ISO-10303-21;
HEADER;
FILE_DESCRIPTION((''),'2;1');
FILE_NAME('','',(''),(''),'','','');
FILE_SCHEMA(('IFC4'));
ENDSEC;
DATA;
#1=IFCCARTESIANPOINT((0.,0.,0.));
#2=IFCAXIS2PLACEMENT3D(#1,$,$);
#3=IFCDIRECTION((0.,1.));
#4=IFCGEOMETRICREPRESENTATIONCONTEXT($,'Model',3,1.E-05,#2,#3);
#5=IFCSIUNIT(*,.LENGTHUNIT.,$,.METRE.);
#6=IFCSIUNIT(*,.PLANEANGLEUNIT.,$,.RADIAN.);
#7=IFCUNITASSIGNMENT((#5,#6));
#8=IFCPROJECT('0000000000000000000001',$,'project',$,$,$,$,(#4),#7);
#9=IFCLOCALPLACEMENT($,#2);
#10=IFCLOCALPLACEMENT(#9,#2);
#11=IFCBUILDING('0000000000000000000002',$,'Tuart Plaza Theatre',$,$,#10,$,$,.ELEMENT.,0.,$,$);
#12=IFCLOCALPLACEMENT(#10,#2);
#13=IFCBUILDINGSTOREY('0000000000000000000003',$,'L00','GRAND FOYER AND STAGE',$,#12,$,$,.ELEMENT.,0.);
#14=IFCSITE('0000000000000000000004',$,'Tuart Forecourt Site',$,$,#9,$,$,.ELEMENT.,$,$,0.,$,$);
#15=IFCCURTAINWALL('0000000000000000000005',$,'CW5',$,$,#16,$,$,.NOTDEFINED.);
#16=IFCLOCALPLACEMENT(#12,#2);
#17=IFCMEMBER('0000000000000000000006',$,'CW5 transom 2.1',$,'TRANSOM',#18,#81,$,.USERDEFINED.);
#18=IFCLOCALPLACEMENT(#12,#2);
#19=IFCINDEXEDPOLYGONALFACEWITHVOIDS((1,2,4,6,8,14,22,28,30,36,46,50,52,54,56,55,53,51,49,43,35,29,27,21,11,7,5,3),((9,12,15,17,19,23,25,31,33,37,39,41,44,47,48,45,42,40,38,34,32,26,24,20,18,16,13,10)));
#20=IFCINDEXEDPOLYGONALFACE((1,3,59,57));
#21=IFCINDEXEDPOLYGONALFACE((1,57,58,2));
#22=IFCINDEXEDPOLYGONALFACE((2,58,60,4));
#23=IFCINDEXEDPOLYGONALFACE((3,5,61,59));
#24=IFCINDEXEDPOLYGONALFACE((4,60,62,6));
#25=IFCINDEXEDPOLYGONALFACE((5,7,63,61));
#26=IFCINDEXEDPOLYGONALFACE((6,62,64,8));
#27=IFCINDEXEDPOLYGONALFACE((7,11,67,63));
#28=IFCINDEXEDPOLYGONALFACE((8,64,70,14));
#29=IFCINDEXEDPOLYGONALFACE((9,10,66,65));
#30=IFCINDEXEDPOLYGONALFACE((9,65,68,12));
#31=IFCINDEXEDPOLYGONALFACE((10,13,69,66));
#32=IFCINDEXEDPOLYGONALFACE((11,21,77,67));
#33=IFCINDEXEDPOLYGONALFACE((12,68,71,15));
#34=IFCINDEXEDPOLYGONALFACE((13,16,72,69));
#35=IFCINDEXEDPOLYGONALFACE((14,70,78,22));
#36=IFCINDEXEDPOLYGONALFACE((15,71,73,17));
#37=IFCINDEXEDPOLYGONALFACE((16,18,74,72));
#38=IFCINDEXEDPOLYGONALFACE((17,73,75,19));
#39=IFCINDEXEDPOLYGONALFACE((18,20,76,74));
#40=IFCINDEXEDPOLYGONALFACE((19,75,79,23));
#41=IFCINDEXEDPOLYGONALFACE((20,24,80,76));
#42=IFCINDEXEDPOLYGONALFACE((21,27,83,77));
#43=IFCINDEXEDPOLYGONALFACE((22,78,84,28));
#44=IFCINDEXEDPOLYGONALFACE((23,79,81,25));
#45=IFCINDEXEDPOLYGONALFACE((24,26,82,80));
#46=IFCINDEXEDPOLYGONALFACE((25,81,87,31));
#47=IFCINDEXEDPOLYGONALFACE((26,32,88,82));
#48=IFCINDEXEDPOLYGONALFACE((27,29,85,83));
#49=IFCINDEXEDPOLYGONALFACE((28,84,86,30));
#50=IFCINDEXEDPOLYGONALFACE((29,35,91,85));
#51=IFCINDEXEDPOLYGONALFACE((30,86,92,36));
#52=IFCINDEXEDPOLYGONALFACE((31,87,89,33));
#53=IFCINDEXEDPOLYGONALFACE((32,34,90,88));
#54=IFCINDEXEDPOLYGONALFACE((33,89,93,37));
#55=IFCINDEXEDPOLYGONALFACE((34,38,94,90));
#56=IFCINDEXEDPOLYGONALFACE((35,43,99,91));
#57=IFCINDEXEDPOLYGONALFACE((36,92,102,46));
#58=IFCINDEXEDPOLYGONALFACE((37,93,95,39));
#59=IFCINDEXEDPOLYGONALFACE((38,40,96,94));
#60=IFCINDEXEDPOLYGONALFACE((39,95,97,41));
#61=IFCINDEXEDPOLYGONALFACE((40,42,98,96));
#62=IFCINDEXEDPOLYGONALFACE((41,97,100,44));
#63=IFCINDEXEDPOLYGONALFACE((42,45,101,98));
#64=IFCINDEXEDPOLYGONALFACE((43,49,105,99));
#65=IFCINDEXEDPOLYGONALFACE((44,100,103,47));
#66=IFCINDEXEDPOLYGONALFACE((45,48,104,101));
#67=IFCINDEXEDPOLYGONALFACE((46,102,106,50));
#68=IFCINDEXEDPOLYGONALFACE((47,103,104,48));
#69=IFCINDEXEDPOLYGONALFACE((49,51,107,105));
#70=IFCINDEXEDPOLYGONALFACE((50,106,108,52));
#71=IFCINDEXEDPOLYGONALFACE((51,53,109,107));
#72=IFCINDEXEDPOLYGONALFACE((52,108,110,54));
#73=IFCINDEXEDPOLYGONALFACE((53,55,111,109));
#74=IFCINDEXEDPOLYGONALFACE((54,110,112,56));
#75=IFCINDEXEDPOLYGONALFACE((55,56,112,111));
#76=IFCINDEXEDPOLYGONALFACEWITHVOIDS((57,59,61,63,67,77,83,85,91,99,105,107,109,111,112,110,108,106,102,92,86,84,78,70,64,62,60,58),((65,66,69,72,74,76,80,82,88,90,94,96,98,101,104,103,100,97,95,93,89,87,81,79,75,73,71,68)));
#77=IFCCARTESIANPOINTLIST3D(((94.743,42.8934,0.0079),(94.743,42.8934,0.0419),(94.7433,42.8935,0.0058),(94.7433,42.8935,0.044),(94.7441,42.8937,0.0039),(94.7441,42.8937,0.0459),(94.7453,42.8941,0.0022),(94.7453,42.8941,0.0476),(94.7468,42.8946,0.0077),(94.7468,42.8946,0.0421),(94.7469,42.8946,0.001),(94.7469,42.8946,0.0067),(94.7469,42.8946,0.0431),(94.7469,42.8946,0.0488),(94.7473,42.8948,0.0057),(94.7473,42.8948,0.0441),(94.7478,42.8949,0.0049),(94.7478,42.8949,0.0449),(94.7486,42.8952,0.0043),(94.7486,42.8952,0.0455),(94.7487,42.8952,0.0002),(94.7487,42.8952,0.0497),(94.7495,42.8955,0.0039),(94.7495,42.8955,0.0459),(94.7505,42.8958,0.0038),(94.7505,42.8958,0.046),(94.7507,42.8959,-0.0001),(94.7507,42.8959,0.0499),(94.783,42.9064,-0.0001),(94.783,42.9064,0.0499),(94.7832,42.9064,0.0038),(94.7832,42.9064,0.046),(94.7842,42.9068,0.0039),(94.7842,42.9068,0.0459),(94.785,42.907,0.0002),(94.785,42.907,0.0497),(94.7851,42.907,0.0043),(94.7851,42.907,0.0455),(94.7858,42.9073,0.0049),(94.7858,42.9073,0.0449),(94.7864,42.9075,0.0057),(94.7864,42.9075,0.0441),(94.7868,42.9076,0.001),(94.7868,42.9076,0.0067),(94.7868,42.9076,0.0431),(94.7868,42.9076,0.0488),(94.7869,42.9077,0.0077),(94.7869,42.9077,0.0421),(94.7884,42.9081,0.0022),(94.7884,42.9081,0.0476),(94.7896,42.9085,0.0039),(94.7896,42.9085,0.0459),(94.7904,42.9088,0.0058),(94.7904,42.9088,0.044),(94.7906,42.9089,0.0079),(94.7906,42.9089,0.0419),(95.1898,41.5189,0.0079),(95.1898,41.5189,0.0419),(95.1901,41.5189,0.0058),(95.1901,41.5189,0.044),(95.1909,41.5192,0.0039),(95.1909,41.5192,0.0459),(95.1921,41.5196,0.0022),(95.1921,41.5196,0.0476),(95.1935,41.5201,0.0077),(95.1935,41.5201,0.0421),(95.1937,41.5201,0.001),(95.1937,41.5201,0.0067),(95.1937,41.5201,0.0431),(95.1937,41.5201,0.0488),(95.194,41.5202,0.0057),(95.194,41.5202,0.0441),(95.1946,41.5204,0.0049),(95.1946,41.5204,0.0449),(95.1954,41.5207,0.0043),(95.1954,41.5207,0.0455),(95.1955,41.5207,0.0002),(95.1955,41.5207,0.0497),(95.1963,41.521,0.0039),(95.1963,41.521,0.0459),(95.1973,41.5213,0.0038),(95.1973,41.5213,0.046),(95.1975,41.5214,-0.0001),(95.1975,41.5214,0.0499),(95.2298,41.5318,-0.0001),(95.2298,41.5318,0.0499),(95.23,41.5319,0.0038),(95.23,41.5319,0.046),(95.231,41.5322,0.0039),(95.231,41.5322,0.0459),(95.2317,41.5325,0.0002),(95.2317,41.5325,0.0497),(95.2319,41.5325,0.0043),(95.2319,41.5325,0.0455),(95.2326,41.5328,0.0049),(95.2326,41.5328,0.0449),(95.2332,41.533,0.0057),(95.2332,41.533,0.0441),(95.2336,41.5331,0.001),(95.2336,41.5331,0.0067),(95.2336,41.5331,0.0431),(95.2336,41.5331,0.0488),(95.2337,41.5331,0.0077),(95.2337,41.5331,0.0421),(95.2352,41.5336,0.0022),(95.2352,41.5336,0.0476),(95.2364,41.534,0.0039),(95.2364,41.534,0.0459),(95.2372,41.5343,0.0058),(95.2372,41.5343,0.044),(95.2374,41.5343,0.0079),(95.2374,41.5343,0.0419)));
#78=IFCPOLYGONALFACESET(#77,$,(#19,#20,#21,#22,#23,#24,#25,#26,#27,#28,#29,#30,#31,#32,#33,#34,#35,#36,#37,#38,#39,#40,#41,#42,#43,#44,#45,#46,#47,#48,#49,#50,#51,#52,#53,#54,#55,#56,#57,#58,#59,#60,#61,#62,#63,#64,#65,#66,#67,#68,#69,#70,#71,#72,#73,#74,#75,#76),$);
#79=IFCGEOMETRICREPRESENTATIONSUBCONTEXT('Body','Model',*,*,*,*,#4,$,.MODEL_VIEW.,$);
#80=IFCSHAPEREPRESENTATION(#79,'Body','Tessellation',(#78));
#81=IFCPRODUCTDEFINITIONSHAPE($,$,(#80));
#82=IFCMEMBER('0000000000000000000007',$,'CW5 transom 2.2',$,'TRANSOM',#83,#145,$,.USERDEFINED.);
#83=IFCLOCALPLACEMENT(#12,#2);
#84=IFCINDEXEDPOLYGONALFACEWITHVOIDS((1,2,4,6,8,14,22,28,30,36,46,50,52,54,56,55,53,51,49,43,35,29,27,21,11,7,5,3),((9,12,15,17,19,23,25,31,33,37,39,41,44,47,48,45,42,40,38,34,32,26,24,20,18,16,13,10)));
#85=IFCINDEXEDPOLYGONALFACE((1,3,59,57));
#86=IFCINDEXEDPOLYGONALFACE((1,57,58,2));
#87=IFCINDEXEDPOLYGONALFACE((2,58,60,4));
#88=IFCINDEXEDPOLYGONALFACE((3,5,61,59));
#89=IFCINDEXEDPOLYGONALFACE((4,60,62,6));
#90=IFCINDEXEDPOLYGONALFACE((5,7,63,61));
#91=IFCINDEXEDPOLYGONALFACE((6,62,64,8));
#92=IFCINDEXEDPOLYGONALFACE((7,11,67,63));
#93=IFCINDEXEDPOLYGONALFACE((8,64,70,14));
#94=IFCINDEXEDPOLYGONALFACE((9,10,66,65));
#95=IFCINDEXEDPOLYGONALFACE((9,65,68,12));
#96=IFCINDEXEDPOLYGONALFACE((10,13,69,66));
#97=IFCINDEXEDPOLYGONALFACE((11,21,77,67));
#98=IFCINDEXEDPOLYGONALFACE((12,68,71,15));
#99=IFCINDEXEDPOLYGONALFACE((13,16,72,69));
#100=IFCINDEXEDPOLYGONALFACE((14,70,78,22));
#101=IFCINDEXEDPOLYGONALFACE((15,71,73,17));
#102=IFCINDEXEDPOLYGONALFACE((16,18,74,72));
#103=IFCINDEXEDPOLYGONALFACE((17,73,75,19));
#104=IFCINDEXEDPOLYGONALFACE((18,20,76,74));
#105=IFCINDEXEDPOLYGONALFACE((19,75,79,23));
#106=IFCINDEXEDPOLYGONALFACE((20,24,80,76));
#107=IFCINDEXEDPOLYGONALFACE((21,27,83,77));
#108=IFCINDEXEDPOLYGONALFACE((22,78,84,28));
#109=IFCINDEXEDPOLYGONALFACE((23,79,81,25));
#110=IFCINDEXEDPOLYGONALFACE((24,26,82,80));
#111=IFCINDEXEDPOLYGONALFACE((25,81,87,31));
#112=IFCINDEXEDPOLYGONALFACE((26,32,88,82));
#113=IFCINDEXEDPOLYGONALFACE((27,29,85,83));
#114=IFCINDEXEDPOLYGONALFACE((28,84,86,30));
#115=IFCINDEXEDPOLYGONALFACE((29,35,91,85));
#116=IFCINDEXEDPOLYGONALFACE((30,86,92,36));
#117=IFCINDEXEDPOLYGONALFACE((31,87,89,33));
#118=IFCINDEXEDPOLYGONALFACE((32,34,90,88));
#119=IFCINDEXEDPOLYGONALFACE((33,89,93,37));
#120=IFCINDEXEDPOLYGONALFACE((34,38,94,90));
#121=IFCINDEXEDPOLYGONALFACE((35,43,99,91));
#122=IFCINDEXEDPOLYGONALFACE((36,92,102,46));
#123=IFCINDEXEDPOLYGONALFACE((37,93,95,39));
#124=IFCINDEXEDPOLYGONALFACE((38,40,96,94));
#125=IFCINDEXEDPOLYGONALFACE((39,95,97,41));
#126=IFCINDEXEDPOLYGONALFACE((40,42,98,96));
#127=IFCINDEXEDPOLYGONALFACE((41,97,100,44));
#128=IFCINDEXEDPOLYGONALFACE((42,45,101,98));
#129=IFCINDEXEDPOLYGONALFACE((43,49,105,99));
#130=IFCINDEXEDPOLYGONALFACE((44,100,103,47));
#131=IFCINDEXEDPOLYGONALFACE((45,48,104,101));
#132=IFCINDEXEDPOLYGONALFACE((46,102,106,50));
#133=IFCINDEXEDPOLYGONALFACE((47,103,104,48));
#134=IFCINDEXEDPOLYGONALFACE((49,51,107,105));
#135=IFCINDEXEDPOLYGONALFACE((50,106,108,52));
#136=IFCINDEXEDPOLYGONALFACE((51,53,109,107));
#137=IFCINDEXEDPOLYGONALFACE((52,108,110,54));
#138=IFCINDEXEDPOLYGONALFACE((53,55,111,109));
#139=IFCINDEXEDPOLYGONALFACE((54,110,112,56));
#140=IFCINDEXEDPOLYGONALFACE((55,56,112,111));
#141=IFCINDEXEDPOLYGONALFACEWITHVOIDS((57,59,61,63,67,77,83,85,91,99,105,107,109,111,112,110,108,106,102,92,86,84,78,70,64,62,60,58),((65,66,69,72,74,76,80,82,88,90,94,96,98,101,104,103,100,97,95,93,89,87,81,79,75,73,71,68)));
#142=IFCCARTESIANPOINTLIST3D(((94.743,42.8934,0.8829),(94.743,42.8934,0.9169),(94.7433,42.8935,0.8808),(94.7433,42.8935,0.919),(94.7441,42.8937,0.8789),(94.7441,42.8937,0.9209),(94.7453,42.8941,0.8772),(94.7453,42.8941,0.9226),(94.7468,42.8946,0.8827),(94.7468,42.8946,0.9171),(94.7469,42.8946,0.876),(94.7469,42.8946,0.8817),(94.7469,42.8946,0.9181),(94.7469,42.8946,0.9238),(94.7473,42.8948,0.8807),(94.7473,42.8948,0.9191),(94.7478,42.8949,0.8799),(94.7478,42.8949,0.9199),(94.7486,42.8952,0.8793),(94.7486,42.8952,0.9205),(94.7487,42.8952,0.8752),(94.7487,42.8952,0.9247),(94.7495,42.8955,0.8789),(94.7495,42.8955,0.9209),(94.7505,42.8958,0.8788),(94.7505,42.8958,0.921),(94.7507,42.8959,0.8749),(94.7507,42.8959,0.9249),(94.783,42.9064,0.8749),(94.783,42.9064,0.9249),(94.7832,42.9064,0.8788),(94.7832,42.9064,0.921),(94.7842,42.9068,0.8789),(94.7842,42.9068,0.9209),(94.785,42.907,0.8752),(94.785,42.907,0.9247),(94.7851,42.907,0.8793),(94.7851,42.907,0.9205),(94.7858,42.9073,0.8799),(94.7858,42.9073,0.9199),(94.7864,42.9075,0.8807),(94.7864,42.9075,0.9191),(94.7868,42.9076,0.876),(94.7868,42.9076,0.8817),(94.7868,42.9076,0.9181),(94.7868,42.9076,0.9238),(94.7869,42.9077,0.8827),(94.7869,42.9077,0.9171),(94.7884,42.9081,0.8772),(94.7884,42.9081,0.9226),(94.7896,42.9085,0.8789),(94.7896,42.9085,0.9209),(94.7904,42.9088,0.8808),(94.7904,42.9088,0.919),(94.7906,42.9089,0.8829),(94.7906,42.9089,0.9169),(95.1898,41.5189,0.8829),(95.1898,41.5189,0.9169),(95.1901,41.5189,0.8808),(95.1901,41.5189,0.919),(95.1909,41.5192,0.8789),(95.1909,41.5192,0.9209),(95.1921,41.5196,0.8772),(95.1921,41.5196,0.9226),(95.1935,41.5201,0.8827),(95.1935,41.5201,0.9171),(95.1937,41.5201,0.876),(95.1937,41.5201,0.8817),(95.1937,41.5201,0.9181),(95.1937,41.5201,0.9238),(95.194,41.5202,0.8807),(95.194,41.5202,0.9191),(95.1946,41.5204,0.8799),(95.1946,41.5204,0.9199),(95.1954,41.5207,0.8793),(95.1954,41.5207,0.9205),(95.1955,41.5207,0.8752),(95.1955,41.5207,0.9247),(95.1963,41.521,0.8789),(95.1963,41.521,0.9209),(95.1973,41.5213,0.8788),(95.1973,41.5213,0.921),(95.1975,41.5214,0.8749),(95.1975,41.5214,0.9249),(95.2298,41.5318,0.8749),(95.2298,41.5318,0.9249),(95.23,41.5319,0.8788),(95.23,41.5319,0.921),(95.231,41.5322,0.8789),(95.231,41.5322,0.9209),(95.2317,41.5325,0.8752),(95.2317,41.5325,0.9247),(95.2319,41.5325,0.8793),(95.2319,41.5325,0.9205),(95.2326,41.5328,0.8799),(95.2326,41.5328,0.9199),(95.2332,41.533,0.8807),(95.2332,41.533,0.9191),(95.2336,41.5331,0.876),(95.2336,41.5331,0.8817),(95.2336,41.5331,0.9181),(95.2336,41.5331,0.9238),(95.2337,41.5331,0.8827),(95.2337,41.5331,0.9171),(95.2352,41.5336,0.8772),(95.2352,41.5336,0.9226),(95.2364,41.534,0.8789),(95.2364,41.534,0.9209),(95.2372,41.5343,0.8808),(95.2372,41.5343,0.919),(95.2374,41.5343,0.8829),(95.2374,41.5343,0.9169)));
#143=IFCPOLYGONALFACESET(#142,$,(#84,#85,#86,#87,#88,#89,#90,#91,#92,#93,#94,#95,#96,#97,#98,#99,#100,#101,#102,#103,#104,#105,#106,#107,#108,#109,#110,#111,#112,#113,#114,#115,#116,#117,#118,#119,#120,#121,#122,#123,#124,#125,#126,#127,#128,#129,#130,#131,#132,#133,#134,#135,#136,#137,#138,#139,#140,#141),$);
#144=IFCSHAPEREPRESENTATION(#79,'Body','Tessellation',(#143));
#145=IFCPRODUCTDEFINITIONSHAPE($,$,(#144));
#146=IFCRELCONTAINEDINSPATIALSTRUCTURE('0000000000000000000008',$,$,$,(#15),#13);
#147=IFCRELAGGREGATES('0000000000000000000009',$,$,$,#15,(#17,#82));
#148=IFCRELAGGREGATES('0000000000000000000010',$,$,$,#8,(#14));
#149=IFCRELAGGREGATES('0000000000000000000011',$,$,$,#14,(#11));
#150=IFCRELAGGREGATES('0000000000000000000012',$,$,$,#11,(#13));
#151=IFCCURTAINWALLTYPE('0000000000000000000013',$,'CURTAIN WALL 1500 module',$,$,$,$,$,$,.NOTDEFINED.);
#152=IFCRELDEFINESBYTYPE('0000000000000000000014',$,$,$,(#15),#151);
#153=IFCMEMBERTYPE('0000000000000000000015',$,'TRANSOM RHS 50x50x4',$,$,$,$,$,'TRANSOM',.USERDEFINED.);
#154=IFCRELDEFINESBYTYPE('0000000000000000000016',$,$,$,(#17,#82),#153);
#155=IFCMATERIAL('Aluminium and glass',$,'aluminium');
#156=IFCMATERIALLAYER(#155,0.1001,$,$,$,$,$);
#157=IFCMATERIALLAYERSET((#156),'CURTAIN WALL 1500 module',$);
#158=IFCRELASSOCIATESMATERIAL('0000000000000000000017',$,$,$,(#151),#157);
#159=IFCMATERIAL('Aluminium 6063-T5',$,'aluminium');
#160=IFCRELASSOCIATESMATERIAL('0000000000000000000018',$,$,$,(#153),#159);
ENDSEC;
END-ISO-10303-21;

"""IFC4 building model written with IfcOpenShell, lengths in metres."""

from ifc_helpers import new_model, si_unit, direction, frame, origin, origin_2d, place, context, subcontext, project, spatial, hollow_rectangle, extrude, material, layer, layer_set, material_profile, profile_set, type_object, element, aggregate, save


model = new_model("IFC4")

# Units and contexts
model_context = context("Model", 3, precision=1e-05, world=origin(), true_north=direction((0.0, 1.0)))
body_context = subcontext(model_context, "Body", "Model", "MODEL_VIEW")
ifc_project = project(units=[si_unit("LENGTHUNIT", "METRE"), si_unit("PLANEANGLEUNIT", "RADIAN")], contexts=[model_context])

# Site, building, storey
site_placement = place(None, origin())
site = spatial("IfcSite", under=ifc_project, at=site_placement, Name="Tuart Forecourt Site", CompositionType="ELEMENT", RefElevation=0.0)
building_placement = place(site_placement, origin())
building = spatial("IfcBuilding", under=site, at=building_placement, Name="Tuart Plaza Theatre", CompositionType="ELEMENT", ElevationOfRefHeight=0.0)
storey_placement = place(building_placement, origin())
storey = spatial("IfcBuildingStorey", under=building, at=storey_placement, Name="L00", Description="GRAND FOYER AND STAGE", CompositionType="ELEMENT", Elevation=0.0)

# Curtain wall
ifc_material_1 = material(Name="Aluminium and glass", Category="aluminium")
ifc_layer_1 = layer(ifc_material_1, 0.1001)
ifc_layer_set_1 = layer_set([ifc_layer_1], Name="CURTAIN WALL 1500 module")
curtain_wall_type = type_object("IfcCurtainWallType", Name="CURTAIN WALL 1500 module", PredefinedType="NOTDEFINED", material=ifc_layer_set_1)
curtain_wall_1_placement = place(storey_placement, origin())
curtain_wall_1 = element("IfcCurtainWall", 1, at=curtain_wall_1_placement, inside=storey, type_object=curtain_wall_type, Name="CW5", PredefinedType="NOTDEFINED")

# Members
ifc_material_2 = material(Name="Aluminium 6063-T5", Category="aluminium")
ifc_material_profile_1 = material_profile(ifc_material_2, hollow_rectangle(XDim=0.05, YDim=0.05, WallThickness=0.0039, InnerFilletRadius=0.0039, OuterFilletRadius=0.0081, at=origin_2d()), Name="RHS 50x50x4")
ifc_profile_set_1 = profile_set([ifc_material_profile_1], Name="Aluminium 6063-T5")
member_type_1 = type_object("IfcMemberType", Name="TRANSOM RHS 50x50x4", ElementType="TRANSOM", PredefinedType="USERDEFINED", material=ifc_profile_set_1)
member_1_placement = place(storey_placement, frame((94.7668, 42.9011, 0.0249), z_axis=(0.309124, -0.951022, 0.0), x_axis=(0.951022, 0.309124, 0.0)))
member_1 = element("IfcMember", 2, at=member_1_placement, type_object=member_type_1, Name="CW5 transom 2.1", ObjectType="TRANSOM", PredefinedType="USERDEFINED", context=body_context, shape_type="SweptSolid", body=[
    extrude(hollow_rectangle(XDim=0.05, YDim=0.05, WallThickness=0.0039, InnerFilletRadius=0.0039, OuterFilletRadius=0.0081, at=origin_2d()), origin(), (0.0, 0.0, 1.0), 1.4453),
])
member_2_placement = place(storey_placement, frame((94.7668, 42.9011, 0.8999), z_axis=(0.309124, -0.951022, 0.0), x_axis=(0.951022, 0.309124, 0.0)))
member_2 = element("IfcMember", 3, at=member_2_placement, type_object=member_type_1, Name="CW5 transom 2.2", ObjectType="TRANSOM", PredefinedType="USERDEFINED", context=body_context, shape_type="SweptSolid", body=[
    extrude(hollow_rectangle(XDim=0.05, YDim=0.05, WallThickness=0.0039, InnerFilletRadius=0.0039, OuterFilletRadius=0.0081, at=origin_2d()), origin(), (0.0, 0.0, 1.0), 1.4453),
])
aggregate(curtain_wall_1, [member_1, member_2])

save(model, "model.ifc")
